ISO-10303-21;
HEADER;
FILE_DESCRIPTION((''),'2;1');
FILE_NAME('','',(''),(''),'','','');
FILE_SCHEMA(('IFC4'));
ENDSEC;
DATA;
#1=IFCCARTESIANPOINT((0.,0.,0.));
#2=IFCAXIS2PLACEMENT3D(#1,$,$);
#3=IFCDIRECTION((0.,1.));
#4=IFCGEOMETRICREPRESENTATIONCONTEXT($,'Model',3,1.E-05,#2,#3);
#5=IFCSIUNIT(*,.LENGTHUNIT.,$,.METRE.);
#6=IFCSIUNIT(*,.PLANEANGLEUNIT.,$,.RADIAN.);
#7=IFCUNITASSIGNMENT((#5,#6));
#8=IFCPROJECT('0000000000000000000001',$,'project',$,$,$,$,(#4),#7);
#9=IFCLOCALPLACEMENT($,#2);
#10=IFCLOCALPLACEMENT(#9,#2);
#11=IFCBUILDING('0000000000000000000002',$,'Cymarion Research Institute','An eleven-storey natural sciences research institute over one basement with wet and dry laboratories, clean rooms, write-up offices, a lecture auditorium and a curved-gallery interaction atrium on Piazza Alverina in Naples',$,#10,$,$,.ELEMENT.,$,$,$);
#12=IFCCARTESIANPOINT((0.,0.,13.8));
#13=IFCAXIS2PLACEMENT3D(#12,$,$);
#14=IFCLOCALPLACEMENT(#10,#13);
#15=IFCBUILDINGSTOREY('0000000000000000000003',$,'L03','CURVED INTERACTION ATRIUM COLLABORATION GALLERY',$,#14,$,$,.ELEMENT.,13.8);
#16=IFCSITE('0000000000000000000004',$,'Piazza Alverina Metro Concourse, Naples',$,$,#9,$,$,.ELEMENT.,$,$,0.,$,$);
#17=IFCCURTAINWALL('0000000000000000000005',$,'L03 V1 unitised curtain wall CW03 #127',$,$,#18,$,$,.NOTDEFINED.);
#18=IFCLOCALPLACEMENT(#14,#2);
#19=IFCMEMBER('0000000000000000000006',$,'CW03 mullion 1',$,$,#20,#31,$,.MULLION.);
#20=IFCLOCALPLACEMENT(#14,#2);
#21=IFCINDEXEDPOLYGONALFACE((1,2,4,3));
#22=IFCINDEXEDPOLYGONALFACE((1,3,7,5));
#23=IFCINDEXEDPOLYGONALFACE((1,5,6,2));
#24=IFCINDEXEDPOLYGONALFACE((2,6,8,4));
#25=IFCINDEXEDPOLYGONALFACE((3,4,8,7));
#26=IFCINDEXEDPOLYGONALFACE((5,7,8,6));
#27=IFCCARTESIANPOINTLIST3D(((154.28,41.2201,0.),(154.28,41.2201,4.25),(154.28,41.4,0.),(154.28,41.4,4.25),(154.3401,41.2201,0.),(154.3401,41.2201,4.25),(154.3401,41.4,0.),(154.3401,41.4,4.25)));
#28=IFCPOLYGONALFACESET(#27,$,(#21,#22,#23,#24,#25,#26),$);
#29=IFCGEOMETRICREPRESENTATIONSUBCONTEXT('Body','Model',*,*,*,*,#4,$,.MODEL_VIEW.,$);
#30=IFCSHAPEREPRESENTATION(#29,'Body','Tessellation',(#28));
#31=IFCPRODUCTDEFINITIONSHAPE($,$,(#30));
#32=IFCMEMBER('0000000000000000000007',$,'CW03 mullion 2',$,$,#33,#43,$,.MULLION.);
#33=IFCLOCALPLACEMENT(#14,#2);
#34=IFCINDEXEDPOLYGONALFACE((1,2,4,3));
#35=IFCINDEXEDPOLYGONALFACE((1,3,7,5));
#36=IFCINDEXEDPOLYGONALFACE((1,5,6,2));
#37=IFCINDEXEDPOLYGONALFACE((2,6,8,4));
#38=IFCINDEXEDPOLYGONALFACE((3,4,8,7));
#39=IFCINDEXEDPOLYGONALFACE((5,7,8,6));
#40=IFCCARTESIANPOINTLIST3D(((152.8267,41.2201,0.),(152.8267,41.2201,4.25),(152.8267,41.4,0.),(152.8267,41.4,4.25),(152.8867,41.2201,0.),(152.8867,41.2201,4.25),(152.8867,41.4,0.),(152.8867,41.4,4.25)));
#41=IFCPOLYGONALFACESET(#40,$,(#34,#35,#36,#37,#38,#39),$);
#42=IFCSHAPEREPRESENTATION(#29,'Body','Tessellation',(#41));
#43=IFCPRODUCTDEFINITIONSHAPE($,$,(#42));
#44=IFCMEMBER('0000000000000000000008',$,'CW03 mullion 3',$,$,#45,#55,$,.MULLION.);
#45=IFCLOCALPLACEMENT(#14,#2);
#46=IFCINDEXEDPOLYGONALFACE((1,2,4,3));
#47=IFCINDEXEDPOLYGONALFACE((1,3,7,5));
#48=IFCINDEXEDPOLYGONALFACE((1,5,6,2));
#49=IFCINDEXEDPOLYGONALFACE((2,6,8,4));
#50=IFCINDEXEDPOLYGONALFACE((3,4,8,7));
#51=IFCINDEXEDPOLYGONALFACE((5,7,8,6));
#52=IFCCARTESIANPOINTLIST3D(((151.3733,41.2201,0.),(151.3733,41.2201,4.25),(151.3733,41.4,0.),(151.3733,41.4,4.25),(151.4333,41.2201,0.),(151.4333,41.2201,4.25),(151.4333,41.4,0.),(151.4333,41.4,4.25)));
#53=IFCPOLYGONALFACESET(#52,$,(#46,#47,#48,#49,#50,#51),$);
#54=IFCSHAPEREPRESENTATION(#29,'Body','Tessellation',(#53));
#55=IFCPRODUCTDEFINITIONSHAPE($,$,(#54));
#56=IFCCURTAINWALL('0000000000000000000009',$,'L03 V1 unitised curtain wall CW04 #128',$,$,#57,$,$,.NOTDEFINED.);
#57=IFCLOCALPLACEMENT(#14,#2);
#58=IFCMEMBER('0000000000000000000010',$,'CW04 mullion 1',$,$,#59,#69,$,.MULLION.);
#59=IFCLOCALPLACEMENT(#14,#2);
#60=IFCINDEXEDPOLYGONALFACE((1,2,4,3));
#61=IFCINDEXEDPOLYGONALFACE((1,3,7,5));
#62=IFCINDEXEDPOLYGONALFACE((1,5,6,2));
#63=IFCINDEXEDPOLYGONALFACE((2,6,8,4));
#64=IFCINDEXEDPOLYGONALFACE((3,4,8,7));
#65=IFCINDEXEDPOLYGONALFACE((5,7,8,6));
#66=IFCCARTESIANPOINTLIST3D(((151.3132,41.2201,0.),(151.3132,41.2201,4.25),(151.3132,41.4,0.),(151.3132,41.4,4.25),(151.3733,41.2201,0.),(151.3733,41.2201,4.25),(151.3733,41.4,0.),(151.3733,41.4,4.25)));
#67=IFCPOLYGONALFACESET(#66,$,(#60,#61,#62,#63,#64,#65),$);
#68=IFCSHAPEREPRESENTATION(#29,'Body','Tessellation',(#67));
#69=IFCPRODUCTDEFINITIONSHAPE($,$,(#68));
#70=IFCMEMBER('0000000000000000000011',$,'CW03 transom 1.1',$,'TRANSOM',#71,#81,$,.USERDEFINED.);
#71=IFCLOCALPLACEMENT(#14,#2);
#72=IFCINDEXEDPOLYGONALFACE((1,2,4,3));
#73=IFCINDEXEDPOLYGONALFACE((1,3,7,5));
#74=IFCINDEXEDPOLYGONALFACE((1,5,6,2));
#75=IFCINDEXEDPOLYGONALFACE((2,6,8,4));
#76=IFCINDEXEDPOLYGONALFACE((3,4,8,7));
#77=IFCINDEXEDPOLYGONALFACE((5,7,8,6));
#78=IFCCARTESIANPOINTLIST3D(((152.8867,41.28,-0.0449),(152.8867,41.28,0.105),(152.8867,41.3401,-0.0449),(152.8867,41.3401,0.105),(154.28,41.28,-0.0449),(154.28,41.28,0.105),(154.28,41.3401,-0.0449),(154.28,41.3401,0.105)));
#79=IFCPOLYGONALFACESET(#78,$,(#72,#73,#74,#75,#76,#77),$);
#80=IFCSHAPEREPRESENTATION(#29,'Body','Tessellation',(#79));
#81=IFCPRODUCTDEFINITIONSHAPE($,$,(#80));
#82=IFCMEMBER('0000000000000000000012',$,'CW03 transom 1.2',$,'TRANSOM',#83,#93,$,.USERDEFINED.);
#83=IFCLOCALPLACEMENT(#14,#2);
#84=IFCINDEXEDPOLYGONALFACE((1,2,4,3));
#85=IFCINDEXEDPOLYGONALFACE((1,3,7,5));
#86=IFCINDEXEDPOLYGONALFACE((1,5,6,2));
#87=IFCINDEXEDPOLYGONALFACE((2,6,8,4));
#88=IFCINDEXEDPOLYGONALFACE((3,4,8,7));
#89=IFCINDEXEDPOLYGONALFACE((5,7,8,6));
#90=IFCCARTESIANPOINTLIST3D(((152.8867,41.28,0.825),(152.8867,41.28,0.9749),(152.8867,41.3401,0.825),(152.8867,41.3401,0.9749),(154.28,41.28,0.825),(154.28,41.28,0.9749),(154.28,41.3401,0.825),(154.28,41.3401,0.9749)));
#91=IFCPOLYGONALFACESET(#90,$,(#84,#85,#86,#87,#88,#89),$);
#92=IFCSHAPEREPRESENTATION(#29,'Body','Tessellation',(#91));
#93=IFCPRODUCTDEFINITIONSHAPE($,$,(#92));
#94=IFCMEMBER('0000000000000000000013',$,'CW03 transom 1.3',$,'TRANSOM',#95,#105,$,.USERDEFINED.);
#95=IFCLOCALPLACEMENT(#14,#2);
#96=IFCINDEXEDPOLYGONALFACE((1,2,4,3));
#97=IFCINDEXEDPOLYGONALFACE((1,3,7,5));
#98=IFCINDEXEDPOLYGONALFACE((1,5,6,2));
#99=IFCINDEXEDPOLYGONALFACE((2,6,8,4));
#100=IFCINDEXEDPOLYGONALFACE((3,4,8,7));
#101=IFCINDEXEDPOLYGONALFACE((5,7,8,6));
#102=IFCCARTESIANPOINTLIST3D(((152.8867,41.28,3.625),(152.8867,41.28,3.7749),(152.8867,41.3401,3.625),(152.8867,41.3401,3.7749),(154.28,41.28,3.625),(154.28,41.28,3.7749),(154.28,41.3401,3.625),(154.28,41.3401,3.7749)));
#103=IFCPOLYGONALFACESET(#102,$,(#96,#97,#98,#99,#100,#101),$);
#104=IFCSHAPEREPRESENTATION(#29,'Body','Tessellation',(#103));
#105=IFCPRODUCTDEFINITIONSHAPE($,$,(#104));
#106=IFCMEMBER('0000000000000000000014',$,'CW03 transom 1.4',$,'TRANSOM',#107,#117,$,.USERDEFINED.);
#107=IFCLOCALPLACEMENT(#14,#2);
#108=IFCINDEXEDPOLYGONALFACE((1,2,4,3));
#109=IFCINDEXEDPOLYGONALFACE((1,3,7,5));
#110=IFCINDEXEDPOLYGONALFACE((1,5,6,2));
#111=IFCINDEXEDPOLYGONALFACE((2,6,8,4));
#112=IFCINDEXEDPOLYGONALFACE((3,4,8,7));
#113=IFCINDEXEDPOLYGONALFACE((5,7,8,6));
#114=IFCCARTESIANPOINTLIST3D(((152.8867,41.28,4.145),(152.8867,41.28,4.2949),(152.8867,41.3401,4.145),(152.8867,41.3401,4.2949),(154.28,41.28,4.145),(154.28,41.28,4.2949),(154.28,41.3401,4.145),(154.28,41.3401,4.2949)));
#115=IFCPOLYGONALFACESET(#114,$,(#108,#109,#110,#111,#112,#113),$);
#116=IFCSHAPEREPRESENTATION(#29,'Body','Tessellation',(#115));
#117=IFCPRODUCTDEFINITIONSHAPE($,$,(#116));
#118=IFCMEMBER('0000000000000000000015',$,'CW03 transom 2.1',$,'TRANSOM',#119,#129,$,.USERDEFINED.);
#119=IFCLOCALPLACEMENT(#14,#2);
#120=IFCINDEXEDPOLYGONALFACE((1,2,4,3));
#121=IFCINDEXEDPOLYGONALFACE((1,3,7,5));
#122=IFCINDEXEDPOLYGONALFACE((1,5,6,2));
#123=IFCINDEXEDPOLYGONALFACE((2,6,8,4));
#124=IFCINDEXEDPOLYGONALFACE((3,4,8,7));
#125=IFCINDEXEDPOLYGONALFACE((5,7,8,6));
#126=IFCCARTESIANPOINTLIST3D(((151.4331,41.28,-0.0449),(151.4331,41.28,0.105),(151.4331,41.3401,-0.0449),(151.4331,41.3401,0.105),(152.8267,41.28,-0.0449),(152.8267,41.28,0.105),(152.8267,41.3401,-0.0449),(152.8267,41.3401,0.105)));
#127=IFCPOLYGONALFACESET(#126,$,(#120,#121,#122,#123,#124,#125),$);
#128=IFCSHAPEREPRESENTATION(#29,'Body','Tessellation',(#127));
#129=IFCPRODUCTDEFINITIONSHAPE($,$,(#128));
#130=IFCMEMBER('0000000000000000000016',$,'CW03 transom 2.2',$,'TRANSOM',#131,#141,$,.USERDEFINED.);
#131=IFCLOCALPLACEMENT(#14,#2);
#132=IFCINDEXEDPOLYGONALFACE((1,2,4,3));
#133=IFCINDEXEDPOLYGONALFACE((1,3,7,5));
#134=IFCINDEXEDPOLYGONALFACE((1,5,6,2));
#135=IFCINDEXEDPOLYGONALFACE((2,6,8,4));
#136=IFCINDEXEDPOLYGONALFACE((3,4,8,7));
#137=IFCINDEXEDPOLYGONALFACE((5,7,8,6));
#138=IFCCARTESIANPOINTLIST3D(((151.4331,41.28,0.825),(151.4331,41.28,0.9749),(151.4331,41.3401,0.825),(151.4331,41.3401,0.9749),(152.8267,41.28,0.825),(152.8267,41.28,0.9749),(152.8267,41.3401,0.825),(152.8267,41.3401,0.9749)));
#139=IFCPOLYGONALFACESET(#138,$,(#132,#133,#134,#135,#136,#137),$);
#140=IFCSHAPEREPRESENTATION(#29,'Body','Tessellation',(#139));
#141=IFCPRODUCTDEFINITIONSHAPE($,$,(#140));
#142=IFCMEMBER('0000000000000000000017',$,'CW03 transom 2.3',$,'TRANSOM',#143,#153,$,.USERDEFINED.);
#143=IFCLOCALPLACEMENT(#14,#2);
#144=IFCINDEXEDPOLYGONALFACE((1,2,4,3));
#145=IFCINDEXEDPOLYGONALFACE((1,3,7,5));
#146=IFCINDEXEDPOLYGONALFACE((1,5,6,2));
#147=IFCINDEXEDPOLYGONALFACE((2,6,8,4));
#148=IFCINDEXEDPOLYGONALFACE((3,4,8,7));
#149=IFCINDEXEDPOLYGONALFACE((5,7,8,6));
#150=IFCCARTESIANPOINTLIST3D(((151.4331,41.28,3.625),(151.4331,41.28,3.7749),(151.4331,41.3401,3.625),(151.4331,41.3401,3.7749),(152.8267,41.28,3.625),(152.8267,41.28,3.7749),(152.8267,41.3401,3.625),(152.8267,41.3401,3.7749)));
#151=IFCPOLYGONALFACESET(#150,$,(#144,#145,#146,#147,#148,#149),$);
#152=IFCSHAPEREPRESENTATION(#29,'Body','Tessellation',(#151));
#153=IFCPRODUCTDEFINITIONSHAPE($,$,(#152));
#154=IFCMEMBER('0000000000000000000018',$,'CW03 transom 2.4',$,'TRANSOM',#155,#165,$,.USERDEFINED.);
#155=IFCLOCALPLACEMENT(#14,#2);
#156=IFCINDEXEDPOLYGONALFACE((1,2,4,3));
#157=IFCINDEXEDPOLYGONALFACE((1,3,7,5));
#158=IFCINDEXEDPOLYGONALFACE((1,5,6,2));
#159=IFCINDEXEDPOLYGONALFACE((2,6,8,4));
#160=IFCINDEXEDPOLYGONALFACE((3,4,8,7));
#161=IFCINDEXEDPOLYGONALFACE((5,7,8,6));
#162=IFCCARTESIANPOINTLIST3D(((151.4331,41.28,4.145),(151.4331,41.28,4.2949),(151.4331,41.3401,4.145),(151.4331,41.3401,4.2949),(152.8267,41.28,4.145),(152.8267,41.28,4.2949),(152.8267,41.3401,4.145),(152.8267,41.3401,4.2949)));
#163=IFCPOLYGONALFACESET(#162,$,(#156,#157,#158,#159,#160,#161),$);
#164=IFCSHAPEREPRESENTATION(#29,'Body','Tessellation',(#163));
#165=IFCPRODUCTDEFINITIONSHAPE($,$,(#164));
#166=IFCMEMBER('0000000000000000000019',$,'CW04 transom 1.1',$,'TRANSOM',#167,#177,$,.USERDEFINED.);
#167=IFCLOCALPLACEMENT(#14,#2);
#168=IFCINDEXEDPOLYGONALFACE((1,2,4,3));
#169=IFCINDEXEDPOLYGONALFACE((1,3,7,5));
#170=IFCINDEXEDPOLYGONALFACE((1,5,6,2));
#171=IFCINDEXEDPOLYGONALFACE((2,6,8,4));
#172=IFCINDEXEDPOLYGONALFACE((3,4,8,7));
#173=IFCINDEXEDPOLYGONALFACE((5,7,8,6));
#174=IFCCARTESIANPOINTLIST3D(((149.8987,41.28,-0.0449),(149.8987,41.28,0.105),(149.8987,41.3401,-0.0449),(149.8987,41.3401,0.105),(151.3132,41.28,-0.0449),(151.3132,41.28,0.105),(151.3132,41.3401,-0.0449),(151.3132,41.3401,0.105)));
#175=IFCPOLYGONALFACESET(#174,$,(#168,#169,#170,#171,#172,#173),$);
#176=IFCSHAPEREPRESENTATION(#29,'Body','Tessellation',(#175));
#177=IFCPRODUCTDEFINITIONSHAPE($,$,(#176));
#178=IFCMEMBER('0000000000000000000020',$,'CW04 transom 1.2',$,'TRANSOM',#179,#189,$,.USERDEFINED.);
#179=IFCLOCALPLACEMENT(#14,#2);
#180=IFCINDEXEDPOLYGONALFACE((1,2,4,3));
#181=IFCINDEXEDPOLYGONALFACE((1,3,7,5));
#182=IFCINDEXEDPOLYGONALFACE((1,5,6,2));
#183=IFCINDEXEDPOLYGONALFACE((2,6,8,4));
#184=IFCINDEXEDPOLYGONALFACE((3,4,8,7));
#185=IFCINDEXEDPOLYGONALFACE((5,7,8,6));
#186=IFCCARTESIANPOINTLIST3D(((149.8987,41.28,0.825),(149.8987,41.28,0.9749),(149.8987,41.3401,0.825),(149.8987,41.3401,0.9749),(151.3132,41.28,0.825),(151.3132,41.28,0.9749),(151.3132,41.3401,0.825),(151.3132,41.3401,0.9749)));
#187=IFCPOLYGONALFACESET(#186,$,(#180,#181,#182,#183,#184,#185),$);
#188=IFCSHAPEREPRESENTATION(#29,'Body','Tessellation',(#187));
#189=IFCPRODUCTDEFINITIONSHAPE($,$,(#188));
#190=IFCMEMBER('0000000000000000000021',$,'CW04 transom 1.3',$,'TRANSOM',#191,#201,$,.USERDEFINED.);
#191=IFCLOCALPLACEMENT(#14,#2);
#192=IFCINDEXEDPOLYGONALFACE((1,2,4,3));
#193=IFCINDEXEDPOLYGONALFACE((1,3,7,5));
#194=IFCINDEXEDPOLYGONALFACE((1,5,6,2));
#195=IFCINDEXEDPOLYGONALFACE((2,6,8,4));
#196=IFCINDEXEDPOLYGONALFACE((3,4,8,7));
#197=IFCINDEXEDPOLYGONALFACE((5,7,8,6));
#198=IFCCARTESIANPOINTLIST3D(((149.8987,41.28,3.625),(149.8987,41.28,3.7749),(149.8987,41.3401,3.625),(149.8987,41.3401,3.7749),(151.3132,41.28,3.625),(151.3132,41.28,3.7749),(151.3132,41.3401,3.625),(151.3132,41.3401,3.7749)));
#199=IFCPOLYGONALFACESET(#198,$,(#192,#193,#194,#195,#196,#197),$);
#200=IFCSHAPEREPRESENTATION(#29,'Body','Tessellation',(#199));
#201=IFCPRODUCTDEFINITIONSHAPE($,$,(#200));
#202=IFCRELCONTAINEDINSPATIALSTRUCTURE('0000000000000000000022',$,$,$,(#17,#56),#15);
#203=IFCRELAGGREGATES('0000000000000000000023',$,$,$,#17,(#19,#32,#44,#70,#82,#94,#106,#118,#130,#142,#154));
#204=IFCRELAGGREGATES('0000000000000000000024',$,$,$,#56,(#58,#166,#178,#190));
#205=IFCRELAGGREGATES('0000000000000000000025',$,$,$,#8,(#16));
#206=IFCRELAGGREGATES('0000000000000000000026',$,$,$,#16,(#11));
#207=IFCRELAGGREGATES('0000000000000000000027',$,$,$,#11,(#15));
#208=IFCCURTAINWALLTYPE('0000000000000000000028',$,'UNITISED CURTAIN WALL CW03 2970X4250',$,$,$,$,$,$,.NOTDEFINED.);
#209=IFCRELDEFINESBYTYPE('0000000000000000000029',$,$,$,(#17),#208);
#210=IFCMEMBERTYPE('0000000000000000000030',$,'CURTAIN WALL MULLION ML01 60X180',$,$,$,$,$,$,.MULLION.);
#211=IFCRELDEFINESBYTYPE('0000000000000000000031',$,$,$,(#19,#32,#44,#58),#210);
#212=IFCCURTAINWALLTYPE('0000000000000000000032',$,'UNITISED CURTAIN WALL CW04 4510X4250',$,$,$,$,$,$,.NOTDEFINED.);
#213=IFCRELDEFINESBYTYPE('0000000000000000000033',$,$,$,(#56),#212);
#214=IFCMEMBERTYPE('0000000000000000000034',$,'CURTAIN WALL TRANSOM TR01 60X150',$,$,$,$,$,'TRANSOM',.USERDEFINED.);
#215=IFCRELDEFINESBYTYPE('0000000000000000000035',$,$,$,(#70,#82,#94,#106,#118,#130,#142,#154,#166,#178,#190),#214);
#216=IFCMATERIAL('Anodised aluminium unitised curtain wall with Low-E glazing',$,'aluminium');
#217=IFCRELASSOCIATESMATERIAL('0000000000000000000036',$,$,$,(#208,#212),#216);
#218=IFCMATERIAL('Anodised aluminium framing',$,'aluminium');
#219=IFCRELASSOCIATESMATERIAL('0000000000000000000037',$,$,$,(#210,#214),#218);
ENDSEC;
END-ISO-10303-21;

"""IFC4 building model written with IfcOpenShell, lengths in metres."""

from ifc_helpers import new_model, si_unit, direction, frame, origin, origin_2d, place, context, subcontext, project, spatial, rectangle, extrude, material, material_profile, profile_set, type_object, element, aggregate, save


model = new_model("IFC4")

# Units and contexts
model_context = context("Model", 3, precision=1e-05, world=origin(), true_north=direction((0.0, 1.0)))
body_context = subcontext(model_context, "Body", "Model", "MODEL_VIEW")
ifc_project = project(units=[si_unit("LENGTHUNIT", "METRE"), si_unit("PLANEANGLEUNIT", "RADIAN")], contexts=[model_context])

# Site, building, storey
site_placement = place(None, origin())
site = spatial("IfcSite", under=ifc_project, at=site_placement, Name="Piazza Alverina Metro Concourse, Naples", CompositionType="ELEMENT", RefElevation=0.0)
building_placement = place(site_placement, origin())
building = spatial("IfcBuilding", under=site, at=building_placement, Name="Cymarion Research Institute", Description="An eleven-storey natural sciences research institute over one basement with wet and dry laboratories, clean rooms, write-up offices, a lecture auditorium and a curved-gallery interaction atrium on Piazza Alverina in Naples", CompositionType="ELEMENT")
storey_placement = place(building_placement, frame((0.0, 0.0, 13.8)))
storey = spatial("IfcBuildingStorey", under=building, at=storey_placement, Name="L03", Description="CURVED INTERACTION ATRIUM COLLABORATION GALLERY", CompositionType="ELEMENT", Elevation=13.8)

# Curtain wall, members
ifc_material_1 = material(Name="Anodised aluminium unitised curtain wall with Low-E glazing", Category="aluminium")
curtain_wall_type_1 = type_object("IfcCurtainWallType", Name="UNITISED CURTAIN WALL CW03 2970X4250", PredefinedType="NOTDEFINED", material=ifc_material_1)
curtain_wall_1_placement = place(storey_placement, origin())
curtain_wall_1 = element("IfcCurtainWall", 1, at=curtain_wall_1_placement, inside=storey, type_object=curtain_wall_type_1, Name="L03 V1 unitised curtain wall CW03 #127", PredefinedType="NOTDEFINED")
ifc_material_2 = material(Name="Anodised aluminium framing", Category="aluminium")
ifc_material_profile_1 = material_profile(ifc_material_2, rectangle(XDim=0.0601, YDim=0.1799, at=origin_2d()), Name="ALU MULLION 60x180")
ifc_profile_set_1 = profile_set([ifc_material_profile_1], Name="Anodised aluminium framing")
member_type_1 = type_object("IfcMemberType", Name="CURTAIN WALL MULLION ML01 60X180", PredefinedType="MULLION", material=ifc_profile_set_1)
member_1_placement = place(storey_placement, frame((154.3101, 41.3101, 0.0), z_axis=(0.0, 0.0, 1.0), x_axis=(-1.0, 0.0, 0.0)))
member_1 = element("IfcMember", 2, at=member_1_placement, type_object=member_type_1, Name="CW03 mullion 1", PredefinedType="MULLION", context=body_context, shape_type="SweptSolid", body=[
    extrude(rectangle(XDim=0.0601, YDim=0.1799, at=origin_2d()), origin(), (0.0, 0.0, 1.0), 4.25),
])
member_2_placement = place(storey_placement, frame((152.8567, 41.3101, 0.0), z_axis=(0.0, 0.0, 1.0), x_axis=(-1.0, 0.0, 0.0)))
member_2 = element("IfcMember", 3, at=member_2_placement, type_object=member_type_1, Name="CW03 mullion 2", PredefinedType="MULLION", context=body_context, shape_type="SweptSolid", body=[
    extrude(rectangle(XDim=0.0601, YDim=0.1799, at=origin_2d()), origin(), (0.0, 0.0, 1.0), 4.25),
])
member_3_placement = place(storey_placement, frame((151.4033, 41.3101, 0.0), z_axis=(0.0, 0.0, 1.0), x_axis=(-1.0, 0.0, 0.0)))
member_3 = element("IfcMember", 4, at=member_3_placement, type_object=member_type_1, Name="CW03 mullion 3", PredefinedType="MULLION", context=body_context, shape_type="SweptSolid", body=[
    extrude(rectangle(XDim=0.0601, YDim=0.1799, at=origin_2d()), origin(), (0.0, 0.0, 1.0), 4.25),
])

# Curtain wall, member
curtain_wall_type_2 = type_object("IfcCurtainWallType", Name="UNITISED CURTAIN WALL CW04 4510X4250", PredefinedType="NOTDEFINED", material=ifc_material_1)
curtain_wall_2_placement = place(storey_placement, origin())
curtain_wall_2 = element("IfcCurtainWall", 5, at=curtain_wall_2_placement, inside=storey, type_object=curtain_wall_type_2, Name="L03 V1 unitised curtain wall CW04 #128", PredefinedType="NOTDEFINED")
member_4_placement = place(storey_placement, frame((151.3433, 41.3101, 0.0), z_axis=(0.0, 0.0, 1.0), x_axis=(-1.0, 0.0, 0.0)))
member_4 = element("IfcMember", 6, at=member_4_placement, type_object=member_type_1, Name="CW04 mullion 1", PredefinedType="MULLION", context=body_context, shape_type="SweptSolid", body=[
    extrude(rectangle(XDim=0.0601, YDim=0.1799, at=origin_2d()), origin(), (0.0, 0.0, 1.0), 4.25),
])

# Members
ifc_material_profile_2 = material_profile(ifc_material_2, rectangle(XDim=0.0601, YDim=0.1499, at=origin_2d()), Name="ALU TRANSOM 60x150")
ifc_profile_set_2 = profile_set([ifc_material_profile_2], Name="Anodised aluminium framing")
member_type_2 = type_object("IfcMemberType", Name="CURTAIN WALL TRANSOM TR01 60X150", ElementType="TRANSOM", PredefinedType="USERDEFINED", material=ifc_profile_set_2)
member_5_placement = place(storey_placement, frame((154.28, 41.3101, 0.03), z_axis=(-1.0, 0.0, 0.0), x_axis=(0.0, -1.0, 0.0)))
member_5 = element("IfcMember", 7, at=member_5_placement, type_object=member_type_2, Name="CW03 transom 1.1", ObjectType="TRANSOM", PredefinedType="USERDEFINED", context=body_context, shape_type="SweptSolid", body=[
    extrude(rectangle(XDim=0.0601, YDim=0.1499, at=origin_2d()), origin(), (0.0, 0.0, 1.0), 1.3933),
])
member_6_placement = place(storey_placement, frame((154.28, 41.3101, 0.8999), z_axis=(-1.0, 0.0, 0.0), x_axis=(0.0, -1.0, 0.0)))
member_6 = element("IfcMember", 8, at=member_6_placement, type_object=member_type_2, Name="CW03 transom 1.2", ObjectType="TRANSOM", PredefinedType="USERDEFINED", context=body_context, shape_type="SweptSolid", body=[
    extrude(rectangle(XDim=0.0601, YDim=0.1499, at=origin_2d()), origin(), (0.0, 0.0, 1.0), 1.3933),
])
member_7_placement = place(storey_placement, frame((154.28, 41.3101, 3.7), z_axis=(-1.0, 0.0, 0.0), x_axis=(0.0, -1.0, 0.0)))
member_7 = element("IfcMember", 9, at=member_7_placement, type_object=member_type_2, Name="CW03 transom 1.3", ObjectType="TRANSOM", PredefinedType="USERDEFINED", context=body_context, shape_type="SweptSolid", body=[
    extrude(rectangle(XDim=0.0601, YDim=0.1499, at=origin_2d()), origin(), (0.0, 0.0, 1.0), 1.3933),
])
member_8_placement = place(storey_placement, frame((154.28, 41.3101, 4.22), z_axis=(-1.0, 0.0, 0.0), x_axis=(0.0, -1.0, 0.0)))
member_8 = element("IfcMember", 10, at=member_8_placement, type_object=member_type_2, Name="CW03 transom 1.4", ObjectType="TRANSOM", PredefinedType="USERDEFINED", context=body_context, shape_type="SweptSolid", body=[
    extrude(rectangle(XDim=0.0601, YDim=0.1499, at=origin_2d()), origin(), (0.0, 0.0, 1.0), 1.3933),
])
member_9_placement = place(storey_placement, frame((152.8267, 41.3101, 0.03), z_axis=(-1.0, 0.0, 0.0), x_axis=(0.0, -1.0, 0.0)))
member_9 = element("IfcMember", 11, at=member_9_placement, type_object=member_type_2, Name="CW03 transom 2.1", ObjectType="TRANSOM", PredefinedType="USERDEFINED", context=body_context, shape_type="SweptSolid", body=[
    extrude(rectangle(XDim=0.0601, YDim=0.1499, at=origin_2d()), origin(), (0.0, 0.0, 1.0), 1.3936),
])
member_10_placement = place(storey_placement, frame((152.8267, 41.3101, 0.8999), z_axis=(-1.0, 0.0, 0.0), x_axis=(0.0, -1.0, 0.0)))
member_10 = element("IfcMember", 12, at=member_10_placement, type_object=member_type_2, Name="CW03 transom 2.2", ObjectType="TRANSOM", PredefinedType="USERDEFINED", context=body_context, shape_type="SweptSolid", body=[
    extrude(rectangle(XDim=0.0601, YDim=0.1499, at=origin_2d()), origin(), (0.0, 0.0, 1.0), 1.3936),
])
member_11_placement = place(storey_placement, frame((152.8267, 41.3101, 3.7), z_axis=(-1.0, 0.0, 0.0), x_axis=(0.0, -1.0, 0.0)))
member_11 = element("IfcMember", 13, at=member_11_placement, type_object=member_type_2, Name="CW03 transom 2.3", ObjectType="TRANSOM", PredefinedType="USERDEFINED", context=body_context, shape_type="SweptSolid", body=[
    extrude(rectangle(XDim=0.0601, YDim=0.1499, at=origin_2d()), origin(), (0.0, 0.0, 1.0), 1.3936),
])
member_12_placement = place(storey_placement, frame((152.8267, 41.3101, 4.22), z_axis=(-1.0, 0.0, 0.0), x_axis=(0.0, -1.0, 0.0)))
member_12 = element("IfcMember", 14, at=member_12_placement, type_object=member_type_2, Name="CW03 transom 2.4", ObjectType="TRANSOM", PredefinedType="USERDEFINED", context=body_context, shape_type="SweptSolid", body=[
    extrude(rectangle(XDim=0.0601, YDim=0.1499, at=origin_2d()), origin(), (0.0, 0.0, 1.0), 1.3936),
])
member_13_placement = place(storey_placement, frame((151.3132, 41.3101, 0.03), z_axis=(-1.0, 0.0, 0.0), x_axis=(0.0, -1.0, 0.0)))
member_13 = element("IfcMember", 15, at=member_13_placement, type_object=member_type_2, Name="CW04 transom 1.1", ObjectType="TRANSOM", PredefinedType="USERDEFINED", context=body_context, shape_type="SweptSolid", body=[
    extrude(rectangle(XDim=0.0601, YDim=0.1499, at=origin_2d()), origin(), (0.0, 0.0, 1.0), 1.4146),
])
member_14_placement = place(storey_placement, frame((151.3132, 41.3101, 0.8999), z_axis=(-1.0, 0.0, 0.0), x_axis=(0.0, -1.0, 0.0)))
member_14 = element("IfcMember", 16, at=member_14_placement, type_object=member_type_2, Name="CW04 transom 1.2", ObjectType="TRANSOM", PredefinedType="USERDEFINED", context=body_context, shape_type="SweptSolid", body=[
    extrude(rectangle(XDim=0.0601, YDim=0.1499, at=origin_2d()), origin(), (0.0, 0.0, 1.0), 1.4146),
])
member_15_placement = place(storey_placement, frame((151.3132, 41.3101, 3.7), z_axis=(-1.0, 0.0, 0.0), x_axis=(0.0, -1.0, 0.0)))
member_15 = element("IfcMember", 17, at=member_15_placement, type_object=member_type_2, Name="CW04 transom 1.3", ObjectType="TRANSOM", PredefinedType="USERDEFINED", context=body_context, shape_type="SweptSolid", body=[
    extrude(rectangle(XDim=0.0601, YDim=0.1499, at=origin_2d()), origin(), (0.0, 0.0, 1.0), 1.4146),
])

aggregate(curtain_wall_1, [member_1, member_2, member_3, member_5, member_6, member_7, member_8, member_9, member_10, member_11, member_12])
aggregate(curtain_wall_2, [member_4, member_13, member_14, member_15])

save(model, "model.ifc")
